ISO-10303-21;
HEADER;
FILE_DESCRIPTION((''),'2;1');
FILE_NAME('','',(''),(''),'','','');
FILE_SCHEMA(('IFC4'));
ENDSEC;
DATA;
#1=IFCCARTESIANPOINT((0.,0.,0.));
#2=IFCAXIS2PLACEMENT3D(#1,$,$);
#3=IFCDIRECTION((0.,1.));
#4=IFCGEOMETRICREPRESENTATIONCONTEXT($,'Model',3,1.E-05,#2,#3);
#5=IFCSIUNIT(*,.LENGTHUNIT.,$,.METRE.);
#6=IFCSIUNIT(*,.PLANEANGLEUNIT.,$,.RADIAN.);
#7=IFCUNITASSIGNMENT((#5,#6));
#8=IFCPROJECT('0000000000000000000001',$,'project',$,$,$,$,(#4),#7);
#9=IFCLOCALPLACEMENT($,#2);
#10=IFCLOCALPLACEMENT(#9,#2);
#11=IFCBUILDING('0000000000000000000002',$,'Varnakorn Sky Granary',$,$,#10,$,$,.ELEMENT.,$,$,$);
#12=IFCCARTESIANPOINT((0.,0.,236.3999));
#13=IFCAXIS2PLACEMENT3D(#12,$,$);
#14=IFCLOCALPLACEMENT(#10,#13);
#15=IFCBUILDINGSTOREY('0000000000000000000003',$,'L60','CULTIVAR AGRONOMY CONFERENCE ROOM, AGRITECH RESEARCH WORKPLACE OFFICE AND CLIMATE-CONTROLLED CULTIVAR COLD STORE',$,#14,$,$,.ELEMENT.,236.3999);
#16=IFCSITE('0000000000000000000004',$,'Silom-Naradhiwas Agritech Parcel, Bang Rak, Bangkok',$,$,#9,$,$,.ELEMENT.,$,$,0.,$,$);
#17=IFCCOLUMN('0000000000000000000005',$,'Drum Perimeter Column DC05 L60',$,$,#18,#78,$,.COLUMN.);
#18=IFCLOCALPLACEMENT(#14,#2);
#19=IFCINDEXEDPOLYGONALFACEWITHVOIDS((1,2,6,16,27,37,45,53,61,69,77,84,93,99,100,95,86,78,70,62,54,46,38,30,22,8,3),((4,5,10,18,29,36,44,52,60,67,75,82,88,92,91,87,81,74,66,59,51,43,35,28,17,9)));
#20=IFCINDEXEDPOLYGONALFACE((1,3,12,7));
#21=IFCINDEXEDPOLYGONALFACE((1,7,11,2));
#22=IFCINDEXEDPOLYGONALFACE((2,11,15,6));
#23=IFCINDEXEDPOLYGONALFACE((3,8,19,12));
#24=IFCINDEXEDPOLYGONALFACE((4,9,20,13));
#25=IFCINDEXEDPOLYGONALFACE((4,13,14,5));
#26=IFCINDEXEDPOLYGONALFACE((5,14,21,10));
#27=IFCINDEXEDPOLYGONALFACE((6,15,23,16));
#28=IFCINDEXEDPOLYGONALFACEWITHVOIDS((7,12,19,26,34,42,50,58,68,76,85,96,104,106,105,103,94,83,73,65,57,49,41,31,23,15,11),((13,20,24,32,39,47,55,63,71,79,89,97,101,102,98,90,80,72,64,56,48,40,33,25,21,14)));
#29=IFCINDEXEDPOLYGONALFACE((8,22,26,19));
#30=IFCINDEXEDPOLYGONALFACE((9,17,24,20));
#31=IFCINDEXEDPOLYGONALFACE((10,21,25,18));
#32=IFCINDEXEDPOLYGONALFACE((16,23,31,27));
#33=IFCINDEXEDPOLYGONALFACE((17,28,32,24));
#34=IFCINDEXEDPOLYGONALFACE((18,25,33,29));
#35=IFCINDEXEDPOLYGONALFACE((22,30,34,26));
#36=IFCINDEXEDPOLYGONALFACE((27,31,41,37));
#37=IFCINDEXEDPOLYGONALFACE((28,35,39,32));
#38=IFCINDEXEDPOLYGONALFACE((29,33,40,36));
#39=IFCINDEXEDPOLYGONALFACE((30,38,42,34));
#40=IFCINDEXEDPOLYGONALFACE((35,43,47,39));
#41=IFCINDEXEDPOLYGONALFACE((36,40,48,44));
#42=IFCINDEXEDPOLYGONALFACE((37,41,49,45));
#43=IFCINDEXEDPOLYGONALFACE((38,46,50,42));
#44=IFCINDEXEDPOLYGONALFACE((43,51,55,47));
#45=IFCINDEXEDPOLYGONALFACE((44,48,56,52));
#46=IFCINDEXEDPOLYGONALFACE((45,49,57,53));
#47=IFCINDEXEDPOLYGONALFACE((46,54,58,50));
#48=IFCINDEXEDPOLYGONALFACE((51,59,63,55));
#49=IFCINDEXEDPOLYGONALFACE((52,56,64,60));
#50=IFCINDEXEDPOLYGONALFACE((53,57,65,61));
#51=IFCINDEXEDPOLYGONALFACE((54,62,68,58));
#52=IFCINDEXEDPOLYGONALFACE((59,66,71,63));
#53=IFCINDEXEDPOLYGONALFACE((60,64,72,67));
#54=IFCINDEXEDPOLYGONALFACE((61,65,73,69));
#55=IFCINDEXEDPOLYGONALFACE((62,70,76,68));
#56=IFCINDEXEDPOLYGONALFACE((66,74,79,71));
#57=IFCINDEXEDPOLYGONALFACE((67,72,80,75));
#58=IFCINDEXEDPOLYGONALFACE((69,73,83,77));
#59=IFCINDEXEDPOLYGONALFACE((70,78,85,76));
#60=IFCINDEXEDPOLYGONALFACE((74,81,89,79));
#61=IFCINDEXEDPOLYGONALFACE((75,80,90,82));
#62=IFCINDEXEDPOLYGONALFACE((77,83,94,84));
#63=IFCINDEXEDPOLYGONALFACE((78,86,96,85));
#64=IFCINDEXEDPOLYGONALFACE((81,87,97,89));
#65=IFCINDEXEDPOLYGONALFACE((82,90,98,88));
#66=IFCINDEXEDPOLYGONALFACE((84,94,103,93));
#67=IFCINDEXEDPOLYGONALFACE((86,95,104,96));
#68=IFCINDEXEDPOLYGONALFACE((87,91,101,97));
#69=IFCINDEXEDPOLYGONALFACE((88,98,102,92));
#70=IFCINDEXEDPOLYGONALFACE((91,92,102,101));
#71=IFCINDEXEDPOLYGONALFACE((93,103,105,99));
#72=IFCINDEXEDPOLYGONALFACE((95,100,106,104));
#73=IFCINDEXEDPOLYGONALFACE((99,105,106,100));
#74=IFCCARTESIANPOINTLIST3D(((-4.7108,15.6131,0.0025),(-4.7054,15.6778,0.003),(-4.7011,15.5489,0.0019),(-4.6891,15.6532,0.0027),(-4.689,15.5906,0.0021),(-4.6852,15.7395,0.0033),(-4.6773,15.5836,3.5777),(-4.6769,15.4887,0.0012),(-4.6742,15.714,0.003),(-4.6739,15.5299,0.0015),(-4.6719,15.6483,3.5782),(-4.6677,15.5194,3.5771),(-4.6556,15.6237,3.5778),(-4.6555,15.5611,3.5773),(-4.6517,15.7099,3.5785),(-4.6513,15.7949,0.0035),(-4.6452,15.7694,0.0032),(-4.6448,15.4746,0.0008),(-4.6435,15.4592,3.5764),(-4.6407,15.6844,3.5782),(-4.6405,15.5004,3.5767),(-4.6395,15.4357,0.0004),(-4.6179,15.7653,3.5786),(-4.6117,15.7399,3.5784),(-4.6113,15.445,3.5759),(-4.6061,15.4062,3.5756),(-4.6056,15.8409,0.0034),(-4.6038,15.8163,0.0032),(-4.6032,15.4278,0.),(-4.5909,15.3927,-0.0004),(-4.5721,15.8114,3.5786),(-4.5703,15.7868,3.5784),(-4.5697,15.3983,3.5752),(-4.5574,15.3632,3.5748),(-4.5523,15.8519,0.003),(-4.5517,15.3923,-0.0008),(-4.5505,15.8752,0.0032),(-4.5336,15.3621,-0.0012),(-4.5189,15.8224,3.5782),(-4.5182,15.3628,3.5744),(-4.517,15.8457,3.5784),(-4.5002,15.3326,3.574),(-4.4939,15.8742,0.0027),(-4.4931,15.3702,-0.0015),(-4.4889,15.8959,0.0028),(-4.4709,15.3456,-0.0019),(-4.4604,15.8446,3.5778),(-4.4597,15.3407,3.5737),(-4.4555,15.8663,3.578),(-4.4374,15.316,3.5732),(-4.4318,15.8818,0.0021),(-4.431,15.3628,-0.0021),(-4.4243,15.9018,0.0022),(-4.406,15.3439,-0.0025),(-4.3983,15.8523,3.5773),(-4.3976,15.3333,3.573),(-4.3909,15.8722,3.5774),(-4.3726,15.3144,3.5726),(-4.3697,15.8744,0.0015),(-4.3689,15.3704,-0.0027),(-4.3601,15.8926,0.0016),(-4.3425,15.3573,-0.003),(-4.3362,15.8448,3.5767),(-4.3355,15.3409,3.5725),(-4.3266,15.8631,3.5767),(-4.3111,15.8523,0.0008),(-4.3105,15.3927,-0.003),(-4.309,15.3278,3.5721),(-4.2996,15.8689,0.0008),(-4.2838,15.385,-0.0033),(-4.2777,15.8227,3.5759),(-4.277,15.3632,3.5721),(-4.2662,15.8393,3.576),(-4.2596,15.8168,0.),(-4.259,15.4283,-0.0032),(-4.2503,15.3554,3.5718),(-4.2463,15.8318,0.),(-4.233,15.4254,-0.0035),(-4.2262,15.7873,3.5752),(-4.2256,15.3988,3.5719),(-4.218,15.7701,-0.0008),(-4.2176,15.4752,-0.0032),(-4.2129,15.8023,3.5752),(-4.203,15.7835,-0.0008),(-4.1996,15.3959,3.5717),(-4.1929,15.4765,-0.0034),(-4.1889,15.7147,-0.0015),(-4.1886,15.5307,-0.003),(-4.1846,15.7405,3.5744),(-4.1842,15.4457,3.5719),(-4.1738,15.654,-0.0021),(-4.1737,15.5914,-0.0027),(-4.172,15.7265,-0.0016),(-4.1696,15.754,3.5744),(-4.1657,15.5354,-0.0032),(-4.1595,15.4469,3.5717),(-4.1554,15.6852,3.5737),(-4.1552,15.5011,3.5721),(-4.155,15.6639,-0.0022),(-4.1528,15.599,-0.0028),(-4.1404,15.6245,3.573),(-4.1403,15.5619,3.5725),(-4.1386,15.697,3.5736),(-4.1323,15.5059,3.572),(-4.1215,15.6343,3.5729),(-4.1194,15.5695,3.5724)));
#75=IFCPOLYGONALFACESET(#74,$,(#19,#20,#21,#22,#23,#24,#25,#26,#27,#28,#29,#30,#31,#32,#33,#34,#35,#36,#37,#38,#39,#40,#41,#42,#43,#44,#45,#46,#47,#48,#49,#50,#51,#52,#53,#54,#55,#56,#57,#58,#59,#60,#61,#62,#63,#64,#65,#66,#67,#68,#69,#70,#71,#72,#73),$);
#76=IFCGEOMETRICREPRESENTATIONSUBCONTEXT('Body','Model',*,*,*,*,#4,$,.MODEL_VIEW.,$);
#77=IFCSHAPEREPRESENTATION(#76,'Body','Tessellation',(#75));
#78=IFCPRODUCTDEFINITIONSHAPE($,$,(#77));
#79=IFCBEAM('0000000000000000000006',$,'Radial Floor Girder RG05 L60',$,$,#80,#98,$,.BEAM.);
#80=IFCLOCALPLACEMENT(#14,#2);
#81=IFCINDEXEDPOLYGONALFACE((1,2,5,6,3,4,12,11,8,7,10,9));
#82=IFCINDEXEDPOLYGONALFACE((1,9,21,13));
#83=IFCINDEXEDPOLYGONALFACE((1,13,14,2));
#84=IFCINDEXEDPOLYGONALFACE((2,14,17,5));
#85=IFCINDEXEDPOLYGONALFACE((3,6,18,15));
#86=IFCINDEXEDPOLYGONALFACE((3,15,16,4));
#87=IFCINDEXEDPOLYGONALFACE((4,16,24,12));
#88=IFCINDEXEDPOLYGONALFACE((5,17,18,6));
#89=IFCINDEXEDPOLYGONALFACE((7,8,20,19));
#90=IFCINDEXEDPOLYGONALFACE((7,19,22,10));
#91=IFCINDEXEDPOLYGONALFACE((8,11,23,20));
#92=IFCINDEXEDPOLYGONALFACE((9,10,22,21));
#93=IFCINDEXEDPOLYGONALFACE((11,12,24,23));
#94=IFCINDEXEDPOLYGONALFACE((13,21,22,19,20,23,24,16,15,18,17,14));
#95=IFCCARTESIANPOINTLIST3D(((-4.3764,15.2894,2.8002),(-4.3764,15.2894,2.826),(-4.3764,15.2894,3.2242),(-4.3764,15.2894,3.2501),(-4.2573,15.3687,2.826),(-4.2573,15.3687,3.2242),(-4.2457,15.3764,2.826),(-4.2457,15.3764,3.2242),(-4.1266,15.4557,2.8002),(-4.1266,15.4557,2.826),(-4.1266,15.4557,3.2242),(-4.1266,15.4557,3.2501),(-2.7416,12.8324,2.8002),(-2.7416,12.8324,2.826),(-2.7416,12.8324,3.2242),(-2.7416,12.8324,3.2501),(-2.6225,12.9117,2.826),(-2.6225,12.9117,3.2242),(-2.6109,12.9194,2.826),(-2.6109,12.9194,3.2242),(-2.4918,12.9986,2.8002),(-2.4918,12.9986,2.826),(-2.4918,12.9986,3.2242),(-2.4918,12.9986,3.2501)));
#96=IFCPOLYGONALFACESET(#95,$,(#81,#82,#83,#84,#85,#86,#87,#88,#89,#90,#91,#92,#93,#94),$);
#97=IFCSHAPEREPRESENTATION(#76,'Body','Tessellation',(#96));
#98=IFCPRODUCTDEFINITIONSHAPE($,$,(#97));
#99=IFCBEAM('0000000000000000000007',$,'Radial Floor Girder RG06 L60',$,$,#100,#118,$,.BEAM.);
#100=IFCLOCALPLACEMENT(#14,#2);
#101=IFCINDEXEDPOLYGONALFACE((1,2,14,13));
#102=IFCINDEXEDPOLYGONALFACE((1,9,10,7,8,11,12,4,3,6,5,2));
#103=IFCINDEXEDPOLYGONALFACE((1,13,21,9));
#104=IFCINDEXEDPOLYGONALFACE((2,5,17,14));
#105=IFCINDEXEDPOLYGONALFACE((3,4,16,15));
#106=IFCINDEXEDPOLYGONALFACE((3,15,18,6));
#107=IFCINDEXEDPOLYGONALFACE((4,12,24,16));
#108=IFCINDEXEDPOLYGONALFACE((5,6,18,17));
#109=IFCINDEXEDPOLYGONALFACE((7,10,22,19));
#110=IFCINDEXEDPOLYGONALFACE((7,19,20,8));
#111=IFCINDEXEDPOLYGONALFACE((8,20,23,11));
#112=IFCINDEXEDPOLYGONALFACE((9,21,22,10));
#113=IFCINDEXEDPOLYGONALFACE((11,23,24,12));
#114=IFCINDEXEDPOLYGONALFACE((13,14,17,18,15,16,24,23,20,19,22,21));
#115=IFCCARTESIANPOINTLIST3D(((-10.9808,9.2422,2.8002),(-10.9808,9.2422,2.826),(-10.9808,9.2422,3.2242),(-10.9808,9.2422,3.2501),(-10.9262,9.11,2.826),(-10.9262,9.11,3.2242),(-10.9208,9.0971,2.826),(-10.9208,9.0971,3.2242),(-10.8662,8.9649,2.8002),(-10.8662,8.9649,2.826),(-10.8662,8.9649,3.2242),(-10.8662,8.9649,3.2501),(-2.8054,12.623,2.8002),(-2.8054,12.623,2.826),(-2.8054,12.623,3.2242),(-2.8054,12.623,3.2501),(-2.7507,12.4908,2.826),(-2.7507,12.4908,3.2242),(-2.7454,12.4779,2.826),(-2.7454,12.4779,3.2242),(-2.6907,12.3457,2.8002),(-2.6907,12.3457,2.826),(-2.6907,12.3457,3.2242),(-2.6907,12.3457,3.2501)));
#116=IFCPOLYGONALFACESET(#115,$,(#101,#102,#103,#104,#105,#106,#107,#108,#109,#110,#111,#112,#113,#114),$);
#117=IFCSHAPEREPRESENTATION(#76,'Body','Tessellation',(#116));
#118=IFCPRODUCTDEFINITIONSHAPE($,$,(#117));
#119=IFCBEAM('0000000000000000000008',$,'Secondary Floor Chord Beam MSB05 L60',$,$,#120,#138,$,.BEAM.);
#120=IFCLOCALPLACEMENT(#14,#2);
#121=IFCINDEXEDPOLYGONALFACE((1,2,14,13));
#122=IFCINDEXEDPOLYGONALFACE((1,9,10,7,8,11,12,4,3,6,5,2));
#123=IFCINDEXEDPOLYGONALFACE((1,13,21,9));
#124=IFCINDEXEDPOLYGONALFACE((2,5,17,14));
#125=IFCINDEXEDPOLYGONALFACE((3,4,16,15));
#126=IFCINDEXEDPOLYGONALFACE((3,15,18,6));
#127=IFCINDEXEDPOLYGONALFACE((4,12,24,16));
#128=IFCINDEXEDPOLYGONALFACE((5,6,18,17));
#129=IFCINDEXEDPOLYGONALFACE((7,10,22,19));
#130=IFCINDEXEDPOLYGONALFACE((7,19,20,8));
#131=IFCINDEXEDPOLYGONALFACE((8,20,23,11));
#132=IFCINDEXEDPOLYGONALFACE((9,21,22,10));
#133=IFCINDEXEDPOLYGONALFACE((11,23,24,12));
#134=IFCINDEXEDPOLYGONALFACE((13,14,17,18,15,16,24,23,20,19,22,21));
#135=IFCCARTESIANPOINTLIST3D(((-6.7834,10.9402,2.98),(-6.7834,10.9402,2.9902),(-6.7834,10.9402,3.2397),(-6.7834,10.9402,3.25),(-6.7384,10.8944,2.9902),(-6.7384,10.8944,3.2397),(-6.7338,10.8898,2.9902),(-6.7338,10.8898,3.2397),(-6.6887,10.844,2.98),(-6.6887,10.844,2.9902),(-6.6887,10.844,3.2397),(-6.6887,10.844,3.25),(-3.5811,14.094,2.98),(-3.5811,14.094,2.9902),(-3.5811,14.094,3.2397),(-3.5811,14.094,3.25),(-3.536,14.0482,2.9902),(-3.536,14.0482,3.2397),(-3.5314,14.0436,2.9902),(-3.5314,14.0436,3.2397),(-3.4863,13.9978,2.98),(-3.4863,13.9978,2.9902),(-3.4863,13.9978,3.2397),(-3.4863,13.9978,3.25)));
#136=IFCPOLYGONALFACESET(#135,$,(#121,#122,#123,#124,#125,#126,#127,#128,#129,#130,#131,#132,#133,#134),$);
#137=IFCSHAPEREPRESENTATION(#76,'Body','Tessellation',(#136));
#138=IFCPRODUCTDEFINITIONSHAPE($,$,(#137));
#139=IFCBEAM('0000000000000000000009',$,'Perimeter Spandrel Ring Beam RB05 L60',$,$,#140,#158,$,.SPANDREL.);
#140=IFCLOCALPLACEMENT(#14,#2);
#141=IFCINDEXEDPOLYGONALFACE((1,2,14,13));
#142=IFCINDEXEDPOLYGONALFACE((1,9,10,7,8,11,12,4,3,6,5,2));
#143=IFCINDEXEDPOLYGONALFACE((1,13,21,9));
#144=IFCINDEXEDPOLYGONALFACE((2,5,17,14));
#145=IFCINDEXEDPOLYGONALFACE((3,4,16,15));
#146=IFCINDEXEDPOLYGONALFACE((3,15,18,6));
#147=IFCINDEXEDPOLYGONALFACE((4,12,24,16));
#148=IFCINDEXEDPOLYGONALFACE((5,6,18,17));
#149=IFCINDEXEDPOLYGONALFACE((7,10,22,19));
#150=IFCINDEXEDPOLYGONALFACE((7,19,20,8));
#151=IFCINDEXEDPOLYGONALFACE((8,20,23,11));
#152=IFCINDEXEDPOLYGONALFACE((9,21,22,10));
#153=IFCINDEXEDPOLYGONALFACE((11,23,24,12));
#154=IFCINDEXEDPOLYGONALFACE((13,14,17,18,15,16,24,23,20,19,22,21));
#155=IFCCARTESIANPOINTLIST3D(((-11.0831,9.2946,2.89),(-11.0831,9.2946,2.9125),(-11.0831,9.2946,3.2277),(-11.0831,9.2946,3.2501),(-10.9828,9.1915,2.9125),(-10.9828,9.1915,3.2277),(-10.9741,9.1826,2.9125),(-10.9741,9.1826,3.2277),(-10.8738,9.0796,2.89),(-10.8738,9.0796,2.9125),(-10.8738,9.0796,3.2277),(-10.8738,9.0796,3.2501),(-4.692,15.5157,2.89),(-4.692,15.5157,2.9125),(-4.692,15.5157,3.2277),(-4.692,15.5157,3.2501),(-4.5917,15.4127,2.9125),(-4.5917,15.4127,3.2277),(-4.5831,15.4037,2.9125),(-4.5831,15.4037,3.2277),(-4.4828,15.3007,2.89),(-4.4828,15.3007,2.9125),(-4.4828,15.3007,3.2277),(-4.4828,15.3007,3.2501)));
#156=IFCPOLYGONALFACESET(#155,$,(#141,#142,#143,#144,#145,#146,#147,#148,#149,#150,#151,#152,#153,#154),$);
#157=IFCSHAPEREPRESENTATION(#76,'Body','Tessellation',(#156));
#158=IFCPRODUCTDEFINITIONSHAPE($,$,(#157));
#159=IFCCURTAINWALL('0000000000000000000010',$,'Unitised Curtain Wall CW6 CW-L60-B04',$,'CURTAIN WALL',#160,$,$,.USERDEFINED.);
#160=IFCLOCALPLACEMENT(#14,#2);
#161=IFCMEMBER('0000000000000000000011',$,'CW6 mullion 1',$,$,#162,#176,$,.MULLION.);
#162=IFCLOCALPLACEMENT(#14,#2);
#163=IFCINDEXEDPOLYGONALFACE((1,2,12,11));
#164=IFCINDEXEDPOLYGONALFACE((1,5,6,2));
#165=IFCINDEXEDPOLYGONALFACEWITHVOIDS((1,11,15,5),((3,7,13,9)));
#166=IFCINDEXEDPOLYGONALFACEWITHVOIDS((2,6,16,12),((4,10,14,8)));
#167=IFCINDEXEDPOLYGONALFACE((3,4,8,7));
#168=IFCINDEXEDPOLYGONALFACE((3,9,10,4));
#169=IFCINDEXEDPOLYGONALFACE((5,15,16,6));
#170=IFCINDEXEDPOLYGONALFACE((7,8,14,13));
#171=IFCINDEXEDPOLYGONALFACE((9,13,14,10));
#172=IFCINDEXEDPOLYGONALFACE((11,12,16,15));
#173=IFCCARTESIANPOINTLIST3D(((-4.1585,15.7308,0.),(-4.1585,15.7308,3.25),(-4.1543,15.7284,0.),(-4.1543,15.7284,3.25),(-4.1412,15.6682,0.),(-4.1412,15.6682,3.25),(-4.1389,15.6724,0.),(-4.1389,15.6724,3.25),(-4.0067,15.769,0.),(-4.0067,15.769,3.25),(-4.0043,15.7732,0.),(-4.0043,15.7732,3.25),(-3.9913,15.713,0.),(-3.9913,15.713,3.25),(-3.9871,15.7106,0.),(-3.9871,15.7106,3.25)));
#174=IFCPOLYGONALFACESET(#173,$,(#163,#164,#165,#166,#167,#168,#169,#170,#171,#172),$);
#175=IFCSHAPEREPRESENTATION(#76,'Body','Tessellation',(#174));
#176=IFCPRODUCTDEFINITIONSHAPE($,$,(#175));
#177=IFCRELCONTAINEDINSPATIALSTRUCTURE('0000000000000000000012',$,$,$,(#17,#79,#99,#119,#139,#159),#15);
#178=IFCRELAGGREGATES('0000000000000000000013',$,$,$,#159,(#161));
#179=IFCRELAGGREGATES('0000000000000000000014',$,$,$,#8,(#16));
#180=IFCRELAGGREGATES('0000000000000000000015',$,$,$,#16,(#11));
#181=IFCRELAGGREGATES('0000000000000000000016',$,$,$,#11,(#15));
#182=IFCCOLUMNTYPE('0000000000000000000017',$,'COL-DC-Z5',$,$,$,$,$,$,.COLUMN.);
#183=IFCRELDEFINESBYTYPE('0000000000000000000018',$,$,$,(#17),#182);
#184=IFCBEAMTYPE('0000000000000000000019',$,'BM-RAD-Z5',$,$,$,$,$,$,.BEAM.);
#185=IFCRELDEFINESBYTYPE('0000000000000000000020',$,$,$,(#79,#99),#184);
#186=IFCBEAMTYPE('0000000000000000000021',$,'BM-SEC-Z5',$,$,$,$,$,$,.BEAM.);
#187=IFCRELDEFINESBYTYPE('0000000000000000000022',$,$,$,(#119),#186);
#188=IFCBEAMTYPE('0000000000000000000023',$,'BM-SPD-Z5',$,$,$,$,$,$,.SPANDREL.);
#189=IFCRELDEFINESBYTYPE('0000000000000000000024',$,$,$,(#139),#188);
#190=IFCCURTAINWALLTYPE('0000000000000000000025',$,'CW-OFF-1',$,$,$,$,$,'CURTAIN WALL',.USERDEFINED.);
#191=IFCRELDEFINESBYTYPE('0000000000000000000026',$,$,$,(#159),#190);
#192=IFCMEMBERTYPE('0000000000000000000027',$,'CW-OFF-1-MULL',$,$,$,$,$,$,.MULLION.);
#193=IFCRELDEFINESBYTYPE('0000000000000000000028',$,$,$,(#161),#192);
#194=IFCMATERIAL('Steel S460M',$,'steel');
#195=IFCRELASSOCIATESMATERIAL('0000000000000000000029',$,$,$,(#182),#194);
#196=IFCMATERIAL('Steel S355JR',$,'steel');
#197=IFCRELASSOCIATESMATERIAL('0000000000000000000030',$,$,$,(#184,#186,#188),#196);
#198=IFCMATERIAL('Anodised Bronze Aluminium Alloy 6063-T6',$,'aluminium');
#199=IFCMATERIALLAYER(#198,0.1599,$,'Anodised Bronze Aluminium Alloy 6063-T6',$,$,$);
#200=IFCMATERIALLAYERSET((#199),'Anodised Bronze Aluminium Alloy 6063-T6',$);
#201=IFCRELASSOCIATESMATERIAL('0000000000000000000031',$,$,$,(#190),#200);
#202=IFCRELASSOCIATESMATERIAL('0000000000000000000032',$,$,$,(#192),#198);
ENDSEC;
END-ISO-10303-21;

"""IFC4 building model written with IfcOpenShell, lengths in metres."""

from ifc_helpers import new_model, si_unit, direction, frame, origin, origin_2d, place, context, subcontext, project, spatial, hollow_rectangle, hollow_circle, i_section, extrude, material, layer, layer_set, material_profile, profile_set, type_object, element, aggregate, save


model = new_model("IFC4")

# Units and contexts
model_context = context("Model", 3, precision=1e-05, world=origin(), true_north=direction((0.0, 1.0)))
body_context = subcontext(model_context, "Body", "Model", "MODEL_VIEW")
ifc_project = project(units=[si_unit("LENGTHUNIT", "METRE"), si_unit("PLANEANGLEUNIT", "RADIAN")], contexts=[model_context])

# Site, building, storey
site_placement = place(None, origin())
site = spatial("IfcSite", under=ifc_project, at=site_placement, Name="Silom-Naradhiwas Agritech Parcel, Bang Rak, Bangkok", CompositionType="ELEMENT", RefElevation=0.0)
building_placement = place(site_placement, origin())
building = spatial("IfcBuilding", under=site, at=building_placement, Name="Varnakorn Sky Granary", CompositionType="ELEMENT")
storey_placement = place(building_placement, frame((0.0, 0.0, 236.3999)))
storey = spatial("IfcBuildingStorey", under=building, at=storey_placement, Name="L60", Description="CULTIVAR AGRONOMY CONFERENCE ROOM, AGRITECH RESEARCH WORKPLACE OFFICE AND CLIMATE-CONTROLLED CULTIVAR COLD STORE", CompositionType="ELEMENT", Elevation=236.3999)

# Column
ifc_material_1 = material(Name="Steel S460M", Category="steel")
ifc_material_profile_1 = material_profile(ifc_material_1, hollow_circle(Radius=0.2795, WallThickness=0.02, at=origin_2d()), Name="CHS 559x20")
ifc_profile_set_1 = profile_set([ifc_material_profile_1], Name="Steel S460M")
column_type = type_object("IfcColumnType", Name="COL-DC-Z5", PredefinedType="COLUMN", material=ifc_profile_set_1)
column_placement = place(storey_placement, frame((-4.4314, 15.6223, 0.0), z_axis=(0.009355, -0.008262, 0.999922), x_axis=(0.661983, 0.749518, 0.0)))
element("IfcColumn", 1, at=column_placement, inside=storey, type_object=column_type, Name="Drum Perimeter Column DC05 L60", PredefinedType="COLUMN", context=body_context, shape_type="SweptSolid", body=[
    extrude(hollow_circle(Radius=0.2795, WallThickness=0.02, at=origin_2d()), origin(), (0.0, 0.0, 1.0), 3.5754),
])

# Beams
ifc_material_2 = material(Name="Steel S355JR", Category="steel")
ifc_material_profile_2 = material_profile(ifc_material_2, i_section(OverallWidth=0.3, OverallDepth=0.45, WebThickness=0.0139, FlangeThickness=0.0259, at=origin_2d()), Name="HE 450 B")
ifc_profile_set_2 = profile_set([ifc_material_profile_2], Name="Steel S355JR")
beam_type_1 = type_object("IfcBeamType", Name="BM-RAD-Z5", PredefinedType="BEAM", material=ifc_profile_set_2)
beam_1_placement = place(storey_placement, frame((-2.6167, 12.9155, 3.0251), z_axis=(-0.553936, 0.832559, 0.0), x_axis=(-0.832559, -0.553936, 0.0)))
element("IfcBeam", 2, at=beam_1_placement, inside=storey, type_object=beam_type_1, Name="Radial Floor Girder RG05 L60", PredefinedType="BEAM", context=body_context, shape_type="SweptSolid", body=[
    extrude(i_section(OverallWidth=0.3, OverallDepth=0.45, WebThickness=0.0139, FlangeThickness=0.0259, at=origin_2d()), origin(), (0.0, 0.0, 1.0), 2.9512),
])
beam_2_placement = place(storey_placement, frame((-2.748, 12.4844, 3.0251), z_axis=(-0.924102, -0.382147, 0.0), x_axis=(0.382147, -0.924102, 0.0)))
element("IfcBeam", 3, at=beam_2_placement, inside=storey, type_object=beam_type_1, Name="Radial Floor Girder RG06 L60", PredefinedType="BEAM", context=body_context, shape_type="SweptSolid", body=[
    extrude(i_section(OverallWidth=0.3, OverallDepth=0.45, WebThickness=0.0139, FlangeThickness=0.0259, at=origin_2d()), origin(), (0.0, 0.0, 1.0), 8.8469),
])
ifc_material_profile_3 = material_profile(ifc_material_2, i_section(OverallWidth=0.135, OverallDepth=0.27, WebThickness=0.0066, FlangeThickness=0.0103, at=origin_2d()), Name="IPE 270")
ifc_profile_set_3 = profile_set([ifc_material_profile_3], Name="Steel S355JR")
beam_type_2 = type_object("IfcBeamType", Name="BM-SEC-Z5", PredefinedType="BEAM", material=ifc_profile_set_3)
beam_3_placement = place(storey_placement, frame((-3.5337, 14.0459, 3.115), z_axis=(-0.712491, -0.701681, 0.0), x_axis=(0.701681, -0.712491, 0.0)))
element("IfcBeam", 4, at=beam_3_placement, inside=storey, type_object=beam_type_2, Name="Secondary Floor Chord Beam MSB05 L60", PredefinedType="BEAM", context=body_context, shape_type="SweptSolid", body=[
    extrude(i_section(OverallWidth=0.135, OverallDepth=0.27, WebThickness=0.0066, FlangeThickness=0.0103, at=origin_2d()), origin(), (0.0, 0.0, 1.0), 4.4946),
])
ifc_material_profile_4 = material_profile(ifc_material_2, i_section(OverallWidth=0.3, OverallDepth=0.3601, WebThickness=0.0125, FlangeThickness=0.0225, at=origin_2d()), Name="HE 360 B")
ifc_profile_set_4 = profile_set([ifc_material_profile_4], Name="Steel S355JR")
beam_type_3 = type_object("IfcBeamType", Name="BM-SPD-Z5", PredefinedType="SPANDREL", material=ifc_profile_set_4)
beam_4_placement = place(storey_placement, frame((-4.5874, 15.4082, 3.0701), z_axis=(-0.716568, -0.697517, 0.0), x_axis=(0.697517, -0.716568, 0.0)))
element("IfcBeam", 5, at=beam_4_placement, inside=storey, type_object=beam_type_3, Name="Perimeter Spandrel Ring Beam RB05 L60", PredefinedType="SPANDREL", context=body_context, shape_type="SweptSolid", body=[
    extrude(i_section(OverallWidth=0.3, OverallDepth=0.3601, WebThickness=0.0125, FlangeThickness=0.0225, at=origin_2d()), origin(), (0.0, 0.0, 1.0), 8.9189),
])

# Curtain wall, member
ifc_material_3 = material(Name="Anodised Bronze Aluminium Alloy 6063-T6", Category="aluminium")
ifc_layer_1 = layer(ifc_material_3, 0.1599, Name="Anodised Bronze Aluminium Alloy 6063-T6")
ifc_layer_set_1 = layer_set([ifc_layer_1], Name="Anodised Bronze Aluminium Alloy 6063-T6")
curtain_wall_type = type_object("IfcCurtainWallType", Name="CW-OFF-1", ElementType="CURTAIN WALL", PredefinedType="USERDEFINED", material=ifc_layer_set_1)
curtain_wall_1_placement = place(storey_placement, origin())
curtain_wall_1 = element("IfcCurtainWall", 6, at=curtain_wall_1_placement, inside=storey, type_object=curtain_wall_type, Name="Unitised Curtain Wall CW6 CW-L60-B04", ObjectType="CURTAIN WALL", PredefinedType="USERDEFINED")
ifc_material_profile_5 = material_profile(ifc_material_3, hollow_rectangle(XDim=0.0649, YDim=0.1599, WallThickness=0.0034, at=origin_2d()), Name="ALU MULL 65x160")
ifc_profile_set_5 = profile_set([ifc_material_profile_5], Name="Anodised Bronze Aluminium Alloy 6063-T6")
member_type_1 = type_object("IfcMemberType", Name="CW-OFF-1-MULL", PredefinedType="MULLION", material=ifc_profile_set_5)
member_1_placement = place(storey_placement, frame((-4.0728, 15.7207, 0.0), z_axis=(0.0, 0.0, 1.0), x_axis=(-0.2651, 0.964221, 0.0)))
member_1 = element("IfcMember", 7, at=member_1_placement, type_object=member_type_1, Name="CW6 mullion 1", PredefinedType="MULLION", context=body_context, shape_type="SweptSolid", body=[
    extrude(hollow_rectangle(XDim=0.0649, YDim=0.1599, WallThickness=0.0034, at=origin_2d()), origin(), (0.0, 0.0, 1.0), 3.25),
])

aggregate(curtain_wall_1, [member_1])

save(model, "model.ifc")
